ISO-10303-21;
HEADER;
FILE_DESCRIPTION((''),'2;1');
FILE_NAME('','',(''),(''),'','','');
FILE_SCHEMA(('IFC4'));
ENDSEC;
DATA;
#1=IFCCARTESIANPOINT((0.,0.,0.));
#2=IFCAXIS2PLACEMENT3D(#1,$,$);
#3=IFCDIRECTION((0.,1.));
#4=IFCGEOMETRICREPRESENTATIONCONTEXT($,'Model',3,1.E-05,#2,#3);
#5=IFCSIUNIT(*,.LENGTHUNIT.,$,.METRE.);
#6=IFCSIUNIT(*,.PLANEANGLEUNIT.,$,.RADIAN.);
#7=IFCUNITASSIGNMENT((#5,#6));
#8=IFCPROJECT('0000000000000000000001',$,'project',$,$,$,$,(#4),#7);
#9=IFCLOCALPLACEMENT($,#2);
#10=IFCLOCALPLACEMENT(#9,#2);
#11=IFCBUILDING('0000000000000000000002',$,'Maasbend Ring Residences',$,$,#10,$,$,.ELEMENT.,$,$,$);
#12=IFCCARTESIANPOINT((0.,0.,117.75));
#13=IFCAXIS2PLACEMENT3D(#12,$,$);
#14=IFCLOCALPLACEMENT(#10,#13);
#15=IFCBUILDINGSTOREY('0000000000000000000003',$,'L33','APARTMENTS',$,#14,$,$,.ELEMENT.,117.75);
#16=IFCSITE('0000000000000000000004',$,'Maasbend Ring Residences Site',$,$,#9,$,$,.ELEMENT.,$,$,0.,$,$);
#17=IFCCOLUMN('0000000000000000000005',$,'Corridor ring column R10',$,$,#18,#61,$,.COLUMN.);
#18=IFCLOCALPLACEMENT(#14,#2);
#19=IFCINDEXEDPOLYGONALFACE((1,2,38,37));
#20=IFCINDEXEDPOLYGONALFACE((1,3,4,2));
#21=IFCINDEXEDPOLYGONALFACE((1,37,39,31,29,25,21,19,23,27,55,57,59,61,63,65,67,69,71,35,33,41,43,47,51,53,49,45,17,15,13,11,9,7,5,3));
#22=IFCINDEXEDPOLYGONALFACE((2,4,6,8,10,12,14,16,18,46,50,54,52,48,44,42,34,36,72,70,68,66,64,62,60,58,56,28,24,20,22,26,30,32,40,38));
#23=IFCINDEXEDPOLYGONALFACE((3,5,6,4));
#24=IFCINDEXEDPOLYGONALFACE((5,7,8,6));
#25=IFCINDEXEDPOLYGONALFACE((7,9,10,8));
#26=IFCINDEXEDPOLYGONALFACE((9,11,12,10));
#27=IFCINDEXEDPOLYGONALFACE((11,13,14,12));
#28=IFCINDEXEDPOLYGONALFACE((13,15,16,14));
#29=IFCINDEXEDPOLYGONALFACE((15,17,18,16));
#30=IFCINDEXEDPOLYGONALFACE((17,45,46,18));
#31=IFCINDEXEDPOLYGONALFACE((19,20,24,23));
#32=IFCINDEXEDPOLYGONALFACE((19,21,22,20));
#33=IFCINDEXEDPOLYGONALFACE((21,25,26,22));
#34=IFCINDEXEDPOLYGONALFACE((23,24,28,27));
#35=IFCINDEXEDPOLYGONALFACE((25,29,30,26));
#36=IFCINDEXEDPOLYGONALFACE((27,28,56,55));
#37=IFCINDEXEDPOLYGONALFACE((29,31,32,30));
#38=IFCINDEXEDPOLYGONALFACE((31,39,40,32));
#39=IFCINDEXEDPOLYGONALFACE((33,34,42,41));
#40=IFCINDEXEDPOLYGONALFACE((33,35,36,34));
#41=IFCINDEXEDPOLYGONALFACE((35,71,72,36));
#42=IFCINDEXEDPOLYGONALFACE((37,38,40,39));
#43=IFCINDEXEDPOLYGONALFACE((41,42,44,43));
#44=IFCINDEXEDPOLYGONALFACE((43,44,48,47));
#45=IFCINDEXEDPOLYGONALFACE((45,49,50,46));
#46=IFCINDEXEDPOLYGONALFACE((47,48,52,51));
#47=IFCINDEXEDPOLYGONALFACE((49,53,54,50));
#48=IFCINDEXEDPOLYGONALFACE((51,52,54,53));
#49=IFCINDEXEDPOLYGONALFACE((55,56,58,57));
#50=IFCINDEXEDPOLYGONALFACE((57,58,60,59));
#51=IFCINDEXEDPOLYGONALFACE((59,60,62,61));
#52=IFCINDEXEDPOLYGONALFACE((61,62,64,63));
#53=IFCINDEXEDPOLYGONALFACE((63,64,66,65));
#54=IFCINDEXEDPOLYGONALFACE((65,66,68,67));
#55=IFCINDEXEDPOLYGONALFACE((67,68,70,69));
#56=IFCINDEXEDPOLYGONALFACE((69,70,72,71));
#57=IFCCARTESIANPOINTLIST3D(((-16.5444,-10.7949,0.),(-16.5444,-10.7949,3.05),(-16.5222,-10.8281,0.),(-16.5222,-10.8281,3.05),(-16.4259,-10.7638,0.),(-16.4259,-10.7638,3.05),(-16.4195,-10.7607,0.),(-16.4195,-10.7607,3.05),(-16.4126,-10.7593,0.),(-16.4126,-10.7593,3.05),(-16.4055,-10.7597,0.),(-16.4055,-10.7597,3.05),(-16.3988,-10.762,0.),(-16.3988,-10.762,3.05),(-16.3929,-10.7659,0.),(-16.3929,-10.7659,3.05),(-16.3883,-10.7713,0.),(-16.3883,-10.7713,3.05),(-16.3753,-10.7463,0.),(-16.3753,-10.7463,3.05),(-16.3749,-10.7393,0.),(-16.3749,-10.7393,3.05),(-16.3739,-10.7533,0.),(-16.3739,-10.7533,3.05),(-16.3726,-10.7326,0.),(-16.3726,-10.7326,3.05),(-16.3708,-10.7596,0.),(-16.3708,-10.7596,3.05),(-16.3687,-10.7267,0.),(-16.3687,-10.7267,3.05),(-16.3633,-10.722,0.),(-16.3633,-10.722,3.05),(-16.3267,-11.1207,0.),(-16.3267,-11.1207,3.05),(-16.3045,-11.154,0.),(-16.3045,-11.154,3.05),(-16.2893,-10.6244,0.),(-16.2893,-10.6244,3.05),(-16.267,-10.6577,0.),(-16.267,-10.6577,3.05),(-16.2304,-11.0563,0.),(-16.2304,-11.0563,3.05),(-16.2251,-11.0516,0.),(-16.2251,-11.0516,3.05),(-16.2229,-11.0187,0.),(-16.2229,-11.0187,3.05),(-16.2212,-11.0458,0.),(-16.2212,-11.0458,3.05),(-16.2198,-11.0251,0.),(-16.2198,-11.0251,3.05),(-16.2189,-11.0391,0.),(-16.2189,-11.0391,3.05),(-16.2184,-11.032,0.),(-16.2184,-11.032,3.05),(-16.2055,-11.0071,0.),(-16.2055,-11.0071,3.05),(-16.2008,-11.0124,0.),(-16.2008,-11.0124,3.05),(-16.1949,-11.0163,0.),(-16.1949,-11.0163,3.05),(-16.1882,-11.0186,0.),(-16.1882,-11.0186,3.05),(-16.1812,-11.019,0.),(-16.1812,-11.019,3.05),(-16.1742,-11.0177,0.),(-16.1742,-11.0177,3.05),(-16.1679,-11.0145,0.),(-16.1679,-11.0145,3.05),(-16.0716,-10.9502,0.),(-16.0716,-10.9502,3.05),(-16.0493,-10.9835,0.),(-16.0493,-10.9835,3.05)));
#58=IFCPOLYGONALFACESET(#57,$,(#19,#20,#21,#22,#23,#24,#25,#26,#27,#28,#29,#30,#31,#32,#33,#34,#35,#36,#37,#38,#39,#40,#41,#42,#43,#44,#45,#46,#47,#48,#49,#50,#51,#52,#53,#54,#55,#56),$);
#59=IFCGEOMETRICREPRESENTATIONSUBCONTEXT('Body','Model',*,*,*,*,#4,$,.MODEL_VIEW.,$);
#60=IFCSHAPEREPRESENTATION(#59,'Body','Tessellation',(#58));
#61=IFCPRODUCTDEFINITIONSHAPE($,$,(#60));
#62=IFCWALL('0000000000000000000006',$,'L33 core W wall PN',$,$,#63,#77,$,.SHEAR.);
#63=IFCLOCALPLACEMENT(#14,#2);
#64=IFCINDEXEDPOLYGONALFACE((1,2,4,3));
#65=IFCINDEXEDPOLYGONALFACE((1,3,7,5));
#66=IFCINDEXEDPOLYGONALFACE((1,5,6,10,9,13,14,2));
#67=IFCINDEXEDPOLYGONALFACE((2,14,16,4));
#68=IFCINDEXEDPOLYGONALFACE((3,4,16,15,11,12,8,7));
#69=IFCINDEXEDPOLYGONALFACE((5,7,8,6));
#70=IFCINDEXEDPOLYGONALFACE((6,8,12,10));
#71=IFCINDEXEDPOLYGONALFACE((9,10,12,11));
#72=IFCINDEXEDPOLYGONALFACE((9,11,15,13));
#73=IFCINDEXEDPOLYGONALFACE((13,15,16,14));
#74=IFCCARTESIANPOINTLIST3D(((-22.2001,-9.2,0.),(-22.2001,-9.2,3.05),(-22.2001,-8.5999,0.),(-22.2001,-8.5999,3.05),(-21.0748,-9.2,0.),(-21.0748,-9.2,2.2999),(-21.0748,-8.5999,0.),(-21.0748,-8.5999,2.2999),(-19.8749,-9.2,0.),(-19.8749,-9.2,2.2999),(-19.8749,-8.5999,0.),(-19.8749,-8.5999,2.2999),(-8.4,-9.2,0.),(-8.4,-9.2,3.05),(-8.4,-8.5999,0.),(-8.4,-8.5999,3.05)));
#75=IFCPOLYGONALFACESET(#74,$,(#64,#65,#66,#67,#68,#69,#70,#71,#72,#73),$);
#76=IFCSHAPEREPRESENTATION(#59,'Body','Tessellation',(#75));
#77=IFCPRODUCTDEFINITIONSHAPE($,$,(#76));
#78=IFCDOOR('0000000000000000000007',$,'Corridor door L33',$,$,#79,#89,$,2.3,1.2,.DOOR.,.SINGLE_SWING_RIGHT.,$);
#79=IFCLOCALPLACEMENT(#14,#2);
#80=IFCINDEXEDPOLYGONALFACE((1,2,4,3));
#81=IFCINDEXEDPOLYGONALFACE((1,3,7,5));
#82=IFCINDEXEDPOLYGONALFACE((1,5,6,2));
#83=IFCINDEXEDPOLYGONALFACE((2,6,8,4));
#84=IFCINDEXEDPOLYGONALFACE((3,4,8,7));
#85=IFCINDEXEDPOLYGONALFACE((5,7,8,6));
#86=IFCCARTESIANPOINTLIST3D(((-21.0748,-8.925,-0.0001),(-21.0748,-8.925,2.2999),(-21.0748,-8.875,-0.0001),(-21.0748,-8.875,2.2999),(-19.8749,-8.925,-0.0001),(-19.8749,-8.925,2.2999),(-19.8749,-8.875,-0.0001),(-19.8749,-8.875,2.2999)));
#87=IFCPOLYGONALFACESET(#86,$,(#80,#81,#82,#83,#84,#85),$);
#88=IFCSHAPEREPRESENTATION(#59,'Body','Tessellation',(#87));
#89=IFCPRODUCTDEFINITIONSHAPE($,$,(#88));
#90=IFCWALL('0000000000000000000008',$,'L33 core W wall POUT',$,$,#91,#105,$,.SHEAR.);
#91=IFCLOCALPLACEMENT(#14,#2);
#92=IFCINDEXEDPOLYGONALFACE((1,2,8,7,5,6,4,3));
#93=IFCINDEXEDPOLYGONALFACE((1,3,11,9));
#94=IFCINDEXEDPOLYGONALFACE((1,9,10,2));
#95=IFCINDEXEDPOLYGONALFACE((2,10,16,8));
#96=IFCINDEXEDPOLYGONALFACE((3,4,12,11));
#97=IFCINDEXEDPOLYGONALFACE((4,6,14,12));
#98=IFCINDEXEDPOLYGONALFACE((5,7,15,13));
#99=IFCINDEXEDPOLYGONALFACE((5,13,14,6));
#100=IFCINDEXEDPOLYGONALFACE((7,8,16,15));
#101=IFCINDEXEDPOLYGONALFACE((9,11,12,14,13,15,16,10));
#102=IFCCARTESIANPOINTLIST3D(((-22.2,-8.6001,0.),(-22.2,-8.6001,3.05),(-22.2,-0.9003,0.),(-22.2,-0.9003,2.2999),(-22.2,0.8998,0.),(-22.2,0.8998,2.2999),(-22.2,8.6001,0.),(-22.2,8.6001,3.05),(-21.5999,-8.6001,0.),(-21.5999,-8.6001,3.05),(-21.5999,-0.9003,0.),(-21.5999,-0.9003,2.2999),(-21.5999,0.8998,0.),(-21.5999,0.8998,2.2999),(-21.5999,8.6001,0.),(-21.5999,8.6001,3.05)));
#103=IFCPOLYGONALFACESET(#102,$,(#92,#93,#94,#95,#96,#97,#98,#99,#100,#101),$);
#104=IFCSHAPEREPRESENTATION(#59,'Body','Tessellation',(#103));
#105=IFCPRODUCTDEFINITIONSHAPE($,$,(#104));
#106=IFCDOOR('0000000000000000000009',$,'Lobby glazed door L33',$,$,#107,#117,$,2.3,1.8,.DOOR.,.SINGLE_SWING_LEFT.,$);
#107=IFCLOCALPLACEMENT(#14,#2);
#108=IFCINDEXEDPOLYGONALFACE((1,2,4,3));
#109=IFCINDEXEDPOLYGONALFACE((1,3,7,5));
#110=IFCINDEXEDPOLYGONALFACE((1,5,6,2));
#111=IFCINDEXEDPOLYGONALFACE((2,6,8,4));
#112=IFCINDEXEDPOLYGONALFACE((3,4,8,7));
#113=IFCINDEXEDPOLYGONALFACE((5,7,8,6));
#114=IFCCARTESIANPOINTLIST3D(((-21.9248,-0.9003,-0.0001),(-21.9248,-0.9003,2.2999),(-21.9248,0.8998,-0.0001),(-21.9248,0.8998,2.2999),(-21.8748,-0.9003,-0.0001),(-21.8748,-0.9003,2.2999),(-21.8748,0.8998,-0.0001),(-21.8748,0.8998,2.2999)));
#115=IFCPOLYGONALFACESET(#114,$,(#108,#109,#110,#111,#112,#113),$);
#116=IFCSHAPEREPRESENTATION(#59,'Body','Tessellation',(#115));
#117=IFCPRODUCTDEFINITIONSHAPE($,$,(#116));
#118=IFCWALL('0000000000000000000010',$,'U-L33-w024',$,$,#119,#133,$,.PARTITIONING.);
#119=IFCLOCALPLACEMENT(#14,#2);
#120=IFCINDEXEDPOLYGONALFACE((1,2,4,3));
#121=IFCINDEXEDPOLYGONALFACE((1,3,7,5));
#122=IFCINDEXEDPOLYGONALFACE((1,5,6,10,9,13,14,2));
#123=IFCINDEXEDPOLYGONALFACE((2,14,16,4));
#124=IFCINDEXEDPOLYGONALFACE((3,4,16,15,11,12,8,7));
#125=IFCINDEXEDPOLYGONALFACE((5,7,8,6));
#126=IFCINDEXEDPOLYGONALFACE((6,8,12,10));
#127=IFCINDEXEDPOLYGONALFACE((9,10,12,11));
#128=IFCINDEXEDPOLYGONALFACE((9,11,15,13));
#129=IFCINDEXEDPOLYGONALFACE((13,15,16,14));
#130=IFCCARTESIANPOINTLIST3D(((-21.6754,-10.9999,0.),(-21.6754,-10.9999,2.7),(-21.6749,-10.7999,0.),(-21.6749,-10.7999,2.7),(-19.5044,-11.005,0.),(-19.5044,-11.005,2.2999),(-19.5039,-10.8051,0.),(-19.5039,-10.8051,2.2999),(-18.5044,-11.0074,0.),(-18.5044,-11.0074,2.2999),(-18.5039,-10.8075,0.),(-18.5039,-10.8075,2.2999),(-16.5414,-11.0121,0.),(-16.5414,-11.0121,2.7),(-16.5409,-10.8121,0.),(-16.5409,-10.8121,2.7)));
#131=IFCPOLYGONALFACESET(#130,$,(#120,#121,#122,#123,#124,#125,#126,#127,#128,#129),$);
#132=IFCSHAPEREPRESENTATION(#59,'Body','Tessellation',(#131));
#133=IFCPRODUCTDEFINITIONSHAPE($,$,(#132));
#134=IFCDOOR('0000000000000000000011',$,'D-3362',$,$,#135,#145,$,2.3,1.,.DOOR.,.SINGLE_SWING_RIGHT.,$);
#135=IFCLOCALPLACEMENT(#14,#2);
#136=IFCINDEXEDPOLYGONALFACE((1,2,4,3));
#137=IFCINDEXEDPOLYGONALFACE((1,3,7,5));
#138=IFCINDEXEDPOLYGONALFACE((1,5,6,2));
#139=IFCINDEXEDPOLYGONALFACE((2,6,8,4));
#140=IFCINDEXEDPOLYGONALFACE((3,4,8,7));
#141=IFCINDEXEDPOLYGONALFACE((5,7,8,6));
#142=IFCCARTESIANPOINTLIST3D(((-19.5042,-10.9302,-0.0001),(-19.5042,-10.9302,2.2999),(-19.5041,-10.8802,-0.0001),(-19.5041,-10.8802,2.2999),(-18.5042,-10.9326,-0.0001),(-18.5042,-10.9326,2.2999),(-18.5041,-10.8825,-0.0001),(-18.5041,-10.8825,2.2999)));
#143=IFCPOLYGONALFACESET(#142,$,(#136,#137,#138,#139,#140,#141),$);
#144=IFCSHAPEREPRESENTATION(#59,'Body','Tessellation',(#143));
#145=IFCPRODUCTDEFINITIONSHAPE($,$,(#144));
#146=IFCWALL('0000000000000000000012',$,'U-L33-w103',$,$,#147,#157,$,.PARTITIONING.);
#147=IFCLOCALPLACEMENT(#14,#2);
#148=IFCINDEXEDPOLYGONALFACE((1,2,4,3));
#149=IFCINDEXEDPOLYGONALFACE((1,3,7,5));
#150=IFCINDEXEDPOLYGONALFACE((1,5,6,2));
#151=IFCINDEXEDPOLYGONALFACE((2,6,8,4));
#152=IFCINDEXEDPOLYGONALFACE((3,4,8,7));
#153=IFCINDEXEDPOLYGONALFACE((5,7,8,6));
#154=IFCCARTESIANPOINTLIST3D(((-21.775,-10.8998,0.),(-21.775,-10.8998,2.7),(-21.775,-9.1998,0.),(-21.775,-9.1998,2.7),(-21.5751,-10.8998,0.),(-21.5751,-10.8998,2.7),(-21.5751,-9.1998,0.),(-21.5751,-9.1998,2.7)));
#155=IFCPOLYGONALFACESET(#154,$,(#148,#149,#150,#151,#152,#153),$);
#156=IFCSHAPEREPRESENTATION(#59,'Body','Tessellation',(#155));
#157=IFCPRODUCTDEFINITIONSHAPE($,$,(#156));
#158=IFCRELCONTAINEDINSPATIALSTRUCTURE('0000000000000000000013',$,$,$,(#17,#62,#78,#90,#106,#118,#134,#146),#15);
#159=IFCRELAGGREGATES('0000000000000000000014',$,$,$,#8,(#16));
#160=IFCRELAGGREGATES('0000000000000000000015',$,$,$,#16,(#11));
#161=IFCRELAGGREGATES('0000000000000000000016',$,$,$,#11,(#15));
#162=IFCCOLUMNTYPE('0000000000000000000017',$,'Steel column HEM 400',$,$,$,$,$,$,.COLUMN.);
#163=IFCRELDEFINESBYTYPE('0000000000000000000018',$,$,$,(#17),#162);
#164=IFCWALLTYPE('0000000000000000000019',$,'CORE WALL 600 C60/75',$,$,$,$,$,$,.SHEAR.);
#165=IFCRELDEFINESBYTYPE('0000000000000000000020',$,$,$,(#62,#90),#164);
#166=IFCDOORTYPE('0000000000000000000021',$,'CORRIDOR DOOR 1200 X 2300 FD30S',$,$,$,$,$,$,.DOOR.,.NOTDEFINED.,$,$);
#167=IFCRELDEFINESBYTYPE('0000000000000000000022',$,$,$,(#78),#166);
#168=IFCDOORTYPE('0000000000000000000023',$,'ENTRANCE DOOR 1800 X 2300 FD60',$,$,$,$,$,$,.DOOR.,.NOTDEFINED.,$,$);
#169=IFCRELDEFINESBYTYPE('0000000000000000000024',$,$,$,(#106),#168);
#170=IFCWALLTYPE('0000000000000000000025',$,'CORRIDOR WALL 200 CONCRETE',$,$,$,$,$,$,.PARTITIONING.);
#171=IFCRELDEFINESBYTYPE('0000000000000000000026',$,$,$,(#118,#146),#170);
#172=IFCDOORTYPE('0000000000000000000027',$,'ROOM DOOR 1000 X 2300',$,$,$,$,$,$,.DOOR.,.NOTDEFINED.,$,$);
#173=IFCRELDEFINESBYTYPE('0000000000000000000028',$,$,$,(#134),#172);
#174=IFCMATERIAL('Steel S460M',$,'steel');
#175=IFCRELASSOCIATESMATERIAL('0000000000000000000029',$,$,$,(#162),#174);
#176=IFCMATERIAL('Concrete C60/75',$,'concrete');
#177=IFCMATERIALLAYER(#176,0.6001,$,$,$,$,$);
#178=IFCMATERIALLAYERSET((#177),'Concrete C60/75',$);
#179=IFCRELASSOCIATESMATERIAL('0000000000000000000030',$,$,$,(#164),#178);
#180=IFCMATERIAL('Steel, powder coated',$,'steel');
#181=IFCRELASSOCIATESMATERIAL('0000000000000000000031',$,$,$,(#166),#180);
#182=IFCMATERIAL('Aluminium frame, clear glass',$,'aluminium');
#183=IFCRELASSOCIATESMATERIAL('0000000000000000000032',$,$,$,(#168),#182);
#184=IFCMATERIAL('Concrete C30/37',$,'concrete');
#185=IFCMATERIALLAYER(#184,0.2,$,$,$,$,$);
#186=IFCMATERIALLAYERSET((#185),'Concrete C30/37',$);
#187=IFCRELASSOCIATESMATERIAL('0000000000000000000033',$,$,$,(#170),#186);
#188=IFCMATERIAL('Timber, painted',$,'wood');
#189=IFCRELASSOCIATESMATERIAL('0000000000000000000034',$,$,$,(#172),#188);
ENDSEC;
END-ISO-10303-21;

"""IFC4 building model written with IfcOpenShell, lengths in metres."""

from ifc_helpers import new_model, si_unit, direction, frame, frame_2d, origin, origin_2d, place, context, subcontext, project, spatial, rectangle, i_section, extrude, material, layer, layer_set, material_profile, profile_set, type_object, element, fill, save


model = new_model("IFC4")

# Units and contexts
model_context = context("Model", 3, precision=1e-05, world=origin(), true_north=direction((0.0, 1.0)))
body_context = subcontext(model_context, "Body", "Model", "MODEL_VIEW")
ifc_project = project(units=[si_unit("LENGTHUNIT", "METRE"), si_unit("PLANEANGLEUNIT", "RADIAN")], contexts=[model_context])

# Site, building, storey
site_placement = place(None, origin())
site = spatial("IfcSite", under=ifc_project, at=site_placement, Name="Maasbend Ring Residences Site", CompositionType="ELEMENT", RefElevation=0.0)
building_placement = place(site_placement, origin())
building = spatial("IfcBuilding", under=site, at=building_placement, Name="Maasbend Ring Residences", CompositionType="ELEMENT")
storey_placement = place(building_placement, frame((0.0, 0.0, 117.75)))
storey = spatial("IfcBuildingStorey", under=building, at=storey_placement, Name="L33", Description="APARTMENTS", CompositionType="ELEMENT", Elevation=117.75)

# Column
ifc_material_1 = material(Name="Steel S460M", Category="steel")
ifc_material_profile = material_profile(ifc_material_1, i_section(OverallWidth=0.3069, OverallDepth=0.4319, WebThickness=0.021, FlangeThickness=0.04, FilletRadius=0.0271, at=origin_2d()), Name="HEM 400")
ifc_profile_set = profile_set([ifc_material_profile], Name="Steel S460M")
column_type = type_object("IfcColumnType", Name="Steel column HEM 400", PredefinedType="COLUMN", material=ifc_profile_set)
column_placement = place(storey_placement, frame((-16.2969, -10.8892, 0.0), z_axis=(0.0, 0.0, 1.0), x_axis=(-0.83147, -0.55557, 0.0)))
element("IfcColumn", 1, at=column_placement, inside=storey, type_object=column_type, Name="Corridor ring column R10", PredefinedType="COLUMN", context=body_context, shape_type="SweptSolid", body=[
    extrude(i_section(OverallWidth=0.3069, OverallDepth=0.4319, WebThickness=0.021, FlangeThickness=0.04, FilletRadius=0.0271, at=origin_2d()), origin(), (0.0, 0.0, 1.0), 3.05),
])

# Walls, openings, doors
ifc_material_2 = material(Name="Concrete C60/75", Category="concrete")
ifc_layer_1 = layer(ifc_material_2, 0.6001)
ifc_layer_set_1 = layer_set([ifc_layer_1], Name="Concrete C60/75")
wall_type_1 = type_object("IfcWallType", Name="CORE WALL 600 C60/75", PredefinedType="SHEAR", material=ifc_layer_set_1)
wall_1_placement = place(storey_placement, frame((-22.2, -8.8999, 0.0), z_axis=(0.0, 0.0, 1.0), x_axis=(1.0, 0.0, 0.0)))
wall_1 = element("IfcWall", 2, at=wall_1_placement, inside=storey, type_object=wall_type_1, Name="L33 core W wall PN", PredefinedType="SHEAR", context=body_context, shape_type="SweptSolid", body=[
    extrude(rectangle(XDim=13.8, YDim=0.6001, at=frame_2d((6.8999, 0.0))), origin(), (0.0, 0.0, 1.0), 3.05),
])
opening_1_placement = place(wall_1_placement, frame((1.125, 0.0, 0.0)))
opening_1 = element("IfcOpeningElement", 3, at=opening_1_placement, cuts=wall_1, PredefinedType="OPENING", context=body_context, shape_type="SweptSolid", body=[
    extrude(rectangle(XDim=1.2, YDim=2.3, at=frame_2d((0.6001, 1.1499))), frame((0.0, 0.3101, 0.0), z_axis=(0.0, -1.0, 0.0), x_axis=(1.0, 0.0, 0.0)), (0.0, 0.0, 1.0), 0.6201),
])
ifc_material_3 = material(Name="Steel, powder coated", Category="steel")
door_type_1 = type_object("IfcDoorType", Name="CORRIDOR DOOR 1200 X 2300 FD30S", OperationType="NOTDEFINED", PredefinedType="DOOR", material=ifc_material_3)
door_1_placement = place(opening_1_placement, origin())
door_1 = element("IfcDoor", 4, at=door_1_placement, inside=storey, type_object=door_type_1, Name="Corridor door L33", OperationType="SINGLE_SWING_RIGHT", OverallHeight=2.3, OverallWidth=1.2, PredefinedType="DOOR", context=body_context, shape_type="SweptSolid", body=[
    extrude(rectangle(XDim=1.2, YDim=2.3, at=frame_2d((0.6001, 1.1499))), frame((0.0, 0.0249, 0.0), z_axis=(0.0, -1.0, 0.0), x_axis=(1.0, 0.0, 0.0)), (0.0, 0.0, 1.0), 0.05),
])
fill(opening_1, door_1)
wall_2_placement = place(storey_placement, frame((-21.8999, -8.6001, 0.0), z_axis=(0.0, 0.0, 1.0), x_axis=(0.0, 1.0, 0.0)))
wall_2 = element("IfcWall", 5, at=wall_2_placement, inside=storey, type_object=wall_type_1, Name="L33 core W wall POUT", PredefinedType="SHEAR", context=body_context, shape_type="SweptSolid", body=[
    extrude(rectangle(XDim=17.2002, YDim=0.6001, at=frame_2d((8.6001, 0.0))), origin(), (0.0, 0.0, 1.0), 3.05),
])
opening_2_placement = place(wall_2_placement, frame((7.7, 0.0, 0.0)))
opening_2 = element("IfcOpeningElement", 6, at=opening_2_placement, cuts=wall_2, PredefinedType="OPENING", context=body_context, shape_type="SweptSolid", body=[
    extrude(rectangle(XDim=1.8, YDim=2.3, at=frame_2d((0.8999, 1.1499))), frame((0.0, 0.3101, 0.0), z_axis=(0.0, -1.0, 0.0), x_axis=(1.0, 0.0, 0.0)), (0.0, 0.0, 1.0), 0.6201),
])
ifc_material_4 = material(Name="Aluminium frame, clear glass", Category="aluminium")
door_type_2 = type_object("IfcDoorType", Name="ENTRANCE DOOR 1800 X 2300 FD60", OperationType="NOTDEFINED", PredefinedType="DOOR", material=ifc_material_4)
door_2_placement = place(opening_2_placement, origin())
door_2 = element("IfcDoor", 7, at=door_2_placement, inside=storey, type_object=door_type_2, Name="Lobby glazed door L33", OperationType="SINGLE_SWING_LEFT", OverallHeight=2.3, OverallWidth=1.8, PredefinedType="DOOR", context=body_context, shape_type="SweptSolid", body=[
    extrude(rectangle(XDim=1.8, YDim=2.3, at=frame_2d((0.8999, 1.1499))), frame((0.0, 0.0249, 0.0), z_axis=(0.0, -1.0, 0.0), x_axis=(1.0, 0.0, 0.0)), (0.0, 0.0, 1.0), 0.05),
])
fill(opening_2, door_2)
ifc_material_5 = material(Name="Concrete C30/37", Category="concrete")
ifc_layer_2 = layer(ifc_material_5, 0.2)
ifc_layer_set_2 = layer_set([ifc_layer_2], Name="Concrete C30/37")
wall_type_2 = type_object("IfcWallType", Name="CORRIDOR WALL 200 CONCRETE", PredefinedType="PARTITIONING", material=ifc_layer_set_2)
wall_3_placement = place(storey_placement, frame((-21.675, -10.8999, 0.0), z_axis=(0.0, 0.0, 1.0), x_axis=(0.999997, -0.002378, 0.0)))
wall_3 = element("IfcWall", 8, at=wall_3_placement, inside=storey, type_object=wall_type_2, Name="U-L33-w024", PredefinedType="PARTITIONING", context=body_context, shape_type="SweptSolid", body=[
    extrude(rectangle(XDim=5.134, YDim=0.2, at=frame_2d((2.5669, 0.0))), origin(), (0.0, 0.0, 1.0), 2.7),
])
opening_3_placement = place(wall_3_placement, frame((2.1709, 0.0, 0.0)))
opening_3 = element("IfcOpeningElement", 9, at=opening_3_placement, cuts=wall_3, PredefinedType="OPENING", context=body_context, shape_type="SweptSolid", body=[
    extrude(rectangle(XDim=1.0, YDim=2.3, at=frame_2d((0.5, 1.1499))), frame((0.0, 0.1099, 0.0), z_axis=(0.0, -1.0, 0.0), x_axis=(1.0, 0.0, 0.0)), (0.0, 0.0, 1.0), 0.22),
])
ifc_material_6 = material(Name="Timber, painted", Category="wood")
door_type_3 = type_object("IfcDoorType", Name="ROOM DOOR 1000 X 2300", OperationType="NOTDEFINED", PredefinedType="DOOR", material=ifc_material_6)
door_3_placement = place(opening_3_placement, origin())
door_3 = element("IfcDoor", 10, at=door_3_placement, inside=storey, type_object=door_type_3, Name="D-3362", OperationType="SINGLE_SWING_RIGHT", OverallHeight=2.3, OverallWidth=1.0, PredefinedType="DOOR", context=body_context, shape_type="SweptSolid", body=[
    extrude(rectangle(XDim=1.0, YDim=2.3, at=frame_2d((0.5, 1.1499))), frame((0.0, 0.0249, 0.0), z_axis=(0.0, -1.0, 0.0), x_axis=(1.0, 0.0, 0.0)), (0.0, 0.0, 1.0), 0.05),
])
fill(opening_3, door_3)

# Wall
wall_4_placement = place(storey_placement, frame((-21.675, -10.8999, 0.0), z_axis=(0.0, 0.0, 1.0), x_axis=(0.0, 1.0, 0.0)))
element("IfcWall", 11, at=wall_4_placement, inside=storey, type_object=wall_type_2, Name="U-L33-w103", PredefinedType="PARTITIONING", context=body_context, shape_type="SweptSolid", body=[
    extrude(rectangle(XDim=1.7, YDim=0.2, at=frame_2d((0.8501, 0.0))), origin(), (0.0, 0.0, 1.0), 2.7),
])

save(model, "model.ifc")
